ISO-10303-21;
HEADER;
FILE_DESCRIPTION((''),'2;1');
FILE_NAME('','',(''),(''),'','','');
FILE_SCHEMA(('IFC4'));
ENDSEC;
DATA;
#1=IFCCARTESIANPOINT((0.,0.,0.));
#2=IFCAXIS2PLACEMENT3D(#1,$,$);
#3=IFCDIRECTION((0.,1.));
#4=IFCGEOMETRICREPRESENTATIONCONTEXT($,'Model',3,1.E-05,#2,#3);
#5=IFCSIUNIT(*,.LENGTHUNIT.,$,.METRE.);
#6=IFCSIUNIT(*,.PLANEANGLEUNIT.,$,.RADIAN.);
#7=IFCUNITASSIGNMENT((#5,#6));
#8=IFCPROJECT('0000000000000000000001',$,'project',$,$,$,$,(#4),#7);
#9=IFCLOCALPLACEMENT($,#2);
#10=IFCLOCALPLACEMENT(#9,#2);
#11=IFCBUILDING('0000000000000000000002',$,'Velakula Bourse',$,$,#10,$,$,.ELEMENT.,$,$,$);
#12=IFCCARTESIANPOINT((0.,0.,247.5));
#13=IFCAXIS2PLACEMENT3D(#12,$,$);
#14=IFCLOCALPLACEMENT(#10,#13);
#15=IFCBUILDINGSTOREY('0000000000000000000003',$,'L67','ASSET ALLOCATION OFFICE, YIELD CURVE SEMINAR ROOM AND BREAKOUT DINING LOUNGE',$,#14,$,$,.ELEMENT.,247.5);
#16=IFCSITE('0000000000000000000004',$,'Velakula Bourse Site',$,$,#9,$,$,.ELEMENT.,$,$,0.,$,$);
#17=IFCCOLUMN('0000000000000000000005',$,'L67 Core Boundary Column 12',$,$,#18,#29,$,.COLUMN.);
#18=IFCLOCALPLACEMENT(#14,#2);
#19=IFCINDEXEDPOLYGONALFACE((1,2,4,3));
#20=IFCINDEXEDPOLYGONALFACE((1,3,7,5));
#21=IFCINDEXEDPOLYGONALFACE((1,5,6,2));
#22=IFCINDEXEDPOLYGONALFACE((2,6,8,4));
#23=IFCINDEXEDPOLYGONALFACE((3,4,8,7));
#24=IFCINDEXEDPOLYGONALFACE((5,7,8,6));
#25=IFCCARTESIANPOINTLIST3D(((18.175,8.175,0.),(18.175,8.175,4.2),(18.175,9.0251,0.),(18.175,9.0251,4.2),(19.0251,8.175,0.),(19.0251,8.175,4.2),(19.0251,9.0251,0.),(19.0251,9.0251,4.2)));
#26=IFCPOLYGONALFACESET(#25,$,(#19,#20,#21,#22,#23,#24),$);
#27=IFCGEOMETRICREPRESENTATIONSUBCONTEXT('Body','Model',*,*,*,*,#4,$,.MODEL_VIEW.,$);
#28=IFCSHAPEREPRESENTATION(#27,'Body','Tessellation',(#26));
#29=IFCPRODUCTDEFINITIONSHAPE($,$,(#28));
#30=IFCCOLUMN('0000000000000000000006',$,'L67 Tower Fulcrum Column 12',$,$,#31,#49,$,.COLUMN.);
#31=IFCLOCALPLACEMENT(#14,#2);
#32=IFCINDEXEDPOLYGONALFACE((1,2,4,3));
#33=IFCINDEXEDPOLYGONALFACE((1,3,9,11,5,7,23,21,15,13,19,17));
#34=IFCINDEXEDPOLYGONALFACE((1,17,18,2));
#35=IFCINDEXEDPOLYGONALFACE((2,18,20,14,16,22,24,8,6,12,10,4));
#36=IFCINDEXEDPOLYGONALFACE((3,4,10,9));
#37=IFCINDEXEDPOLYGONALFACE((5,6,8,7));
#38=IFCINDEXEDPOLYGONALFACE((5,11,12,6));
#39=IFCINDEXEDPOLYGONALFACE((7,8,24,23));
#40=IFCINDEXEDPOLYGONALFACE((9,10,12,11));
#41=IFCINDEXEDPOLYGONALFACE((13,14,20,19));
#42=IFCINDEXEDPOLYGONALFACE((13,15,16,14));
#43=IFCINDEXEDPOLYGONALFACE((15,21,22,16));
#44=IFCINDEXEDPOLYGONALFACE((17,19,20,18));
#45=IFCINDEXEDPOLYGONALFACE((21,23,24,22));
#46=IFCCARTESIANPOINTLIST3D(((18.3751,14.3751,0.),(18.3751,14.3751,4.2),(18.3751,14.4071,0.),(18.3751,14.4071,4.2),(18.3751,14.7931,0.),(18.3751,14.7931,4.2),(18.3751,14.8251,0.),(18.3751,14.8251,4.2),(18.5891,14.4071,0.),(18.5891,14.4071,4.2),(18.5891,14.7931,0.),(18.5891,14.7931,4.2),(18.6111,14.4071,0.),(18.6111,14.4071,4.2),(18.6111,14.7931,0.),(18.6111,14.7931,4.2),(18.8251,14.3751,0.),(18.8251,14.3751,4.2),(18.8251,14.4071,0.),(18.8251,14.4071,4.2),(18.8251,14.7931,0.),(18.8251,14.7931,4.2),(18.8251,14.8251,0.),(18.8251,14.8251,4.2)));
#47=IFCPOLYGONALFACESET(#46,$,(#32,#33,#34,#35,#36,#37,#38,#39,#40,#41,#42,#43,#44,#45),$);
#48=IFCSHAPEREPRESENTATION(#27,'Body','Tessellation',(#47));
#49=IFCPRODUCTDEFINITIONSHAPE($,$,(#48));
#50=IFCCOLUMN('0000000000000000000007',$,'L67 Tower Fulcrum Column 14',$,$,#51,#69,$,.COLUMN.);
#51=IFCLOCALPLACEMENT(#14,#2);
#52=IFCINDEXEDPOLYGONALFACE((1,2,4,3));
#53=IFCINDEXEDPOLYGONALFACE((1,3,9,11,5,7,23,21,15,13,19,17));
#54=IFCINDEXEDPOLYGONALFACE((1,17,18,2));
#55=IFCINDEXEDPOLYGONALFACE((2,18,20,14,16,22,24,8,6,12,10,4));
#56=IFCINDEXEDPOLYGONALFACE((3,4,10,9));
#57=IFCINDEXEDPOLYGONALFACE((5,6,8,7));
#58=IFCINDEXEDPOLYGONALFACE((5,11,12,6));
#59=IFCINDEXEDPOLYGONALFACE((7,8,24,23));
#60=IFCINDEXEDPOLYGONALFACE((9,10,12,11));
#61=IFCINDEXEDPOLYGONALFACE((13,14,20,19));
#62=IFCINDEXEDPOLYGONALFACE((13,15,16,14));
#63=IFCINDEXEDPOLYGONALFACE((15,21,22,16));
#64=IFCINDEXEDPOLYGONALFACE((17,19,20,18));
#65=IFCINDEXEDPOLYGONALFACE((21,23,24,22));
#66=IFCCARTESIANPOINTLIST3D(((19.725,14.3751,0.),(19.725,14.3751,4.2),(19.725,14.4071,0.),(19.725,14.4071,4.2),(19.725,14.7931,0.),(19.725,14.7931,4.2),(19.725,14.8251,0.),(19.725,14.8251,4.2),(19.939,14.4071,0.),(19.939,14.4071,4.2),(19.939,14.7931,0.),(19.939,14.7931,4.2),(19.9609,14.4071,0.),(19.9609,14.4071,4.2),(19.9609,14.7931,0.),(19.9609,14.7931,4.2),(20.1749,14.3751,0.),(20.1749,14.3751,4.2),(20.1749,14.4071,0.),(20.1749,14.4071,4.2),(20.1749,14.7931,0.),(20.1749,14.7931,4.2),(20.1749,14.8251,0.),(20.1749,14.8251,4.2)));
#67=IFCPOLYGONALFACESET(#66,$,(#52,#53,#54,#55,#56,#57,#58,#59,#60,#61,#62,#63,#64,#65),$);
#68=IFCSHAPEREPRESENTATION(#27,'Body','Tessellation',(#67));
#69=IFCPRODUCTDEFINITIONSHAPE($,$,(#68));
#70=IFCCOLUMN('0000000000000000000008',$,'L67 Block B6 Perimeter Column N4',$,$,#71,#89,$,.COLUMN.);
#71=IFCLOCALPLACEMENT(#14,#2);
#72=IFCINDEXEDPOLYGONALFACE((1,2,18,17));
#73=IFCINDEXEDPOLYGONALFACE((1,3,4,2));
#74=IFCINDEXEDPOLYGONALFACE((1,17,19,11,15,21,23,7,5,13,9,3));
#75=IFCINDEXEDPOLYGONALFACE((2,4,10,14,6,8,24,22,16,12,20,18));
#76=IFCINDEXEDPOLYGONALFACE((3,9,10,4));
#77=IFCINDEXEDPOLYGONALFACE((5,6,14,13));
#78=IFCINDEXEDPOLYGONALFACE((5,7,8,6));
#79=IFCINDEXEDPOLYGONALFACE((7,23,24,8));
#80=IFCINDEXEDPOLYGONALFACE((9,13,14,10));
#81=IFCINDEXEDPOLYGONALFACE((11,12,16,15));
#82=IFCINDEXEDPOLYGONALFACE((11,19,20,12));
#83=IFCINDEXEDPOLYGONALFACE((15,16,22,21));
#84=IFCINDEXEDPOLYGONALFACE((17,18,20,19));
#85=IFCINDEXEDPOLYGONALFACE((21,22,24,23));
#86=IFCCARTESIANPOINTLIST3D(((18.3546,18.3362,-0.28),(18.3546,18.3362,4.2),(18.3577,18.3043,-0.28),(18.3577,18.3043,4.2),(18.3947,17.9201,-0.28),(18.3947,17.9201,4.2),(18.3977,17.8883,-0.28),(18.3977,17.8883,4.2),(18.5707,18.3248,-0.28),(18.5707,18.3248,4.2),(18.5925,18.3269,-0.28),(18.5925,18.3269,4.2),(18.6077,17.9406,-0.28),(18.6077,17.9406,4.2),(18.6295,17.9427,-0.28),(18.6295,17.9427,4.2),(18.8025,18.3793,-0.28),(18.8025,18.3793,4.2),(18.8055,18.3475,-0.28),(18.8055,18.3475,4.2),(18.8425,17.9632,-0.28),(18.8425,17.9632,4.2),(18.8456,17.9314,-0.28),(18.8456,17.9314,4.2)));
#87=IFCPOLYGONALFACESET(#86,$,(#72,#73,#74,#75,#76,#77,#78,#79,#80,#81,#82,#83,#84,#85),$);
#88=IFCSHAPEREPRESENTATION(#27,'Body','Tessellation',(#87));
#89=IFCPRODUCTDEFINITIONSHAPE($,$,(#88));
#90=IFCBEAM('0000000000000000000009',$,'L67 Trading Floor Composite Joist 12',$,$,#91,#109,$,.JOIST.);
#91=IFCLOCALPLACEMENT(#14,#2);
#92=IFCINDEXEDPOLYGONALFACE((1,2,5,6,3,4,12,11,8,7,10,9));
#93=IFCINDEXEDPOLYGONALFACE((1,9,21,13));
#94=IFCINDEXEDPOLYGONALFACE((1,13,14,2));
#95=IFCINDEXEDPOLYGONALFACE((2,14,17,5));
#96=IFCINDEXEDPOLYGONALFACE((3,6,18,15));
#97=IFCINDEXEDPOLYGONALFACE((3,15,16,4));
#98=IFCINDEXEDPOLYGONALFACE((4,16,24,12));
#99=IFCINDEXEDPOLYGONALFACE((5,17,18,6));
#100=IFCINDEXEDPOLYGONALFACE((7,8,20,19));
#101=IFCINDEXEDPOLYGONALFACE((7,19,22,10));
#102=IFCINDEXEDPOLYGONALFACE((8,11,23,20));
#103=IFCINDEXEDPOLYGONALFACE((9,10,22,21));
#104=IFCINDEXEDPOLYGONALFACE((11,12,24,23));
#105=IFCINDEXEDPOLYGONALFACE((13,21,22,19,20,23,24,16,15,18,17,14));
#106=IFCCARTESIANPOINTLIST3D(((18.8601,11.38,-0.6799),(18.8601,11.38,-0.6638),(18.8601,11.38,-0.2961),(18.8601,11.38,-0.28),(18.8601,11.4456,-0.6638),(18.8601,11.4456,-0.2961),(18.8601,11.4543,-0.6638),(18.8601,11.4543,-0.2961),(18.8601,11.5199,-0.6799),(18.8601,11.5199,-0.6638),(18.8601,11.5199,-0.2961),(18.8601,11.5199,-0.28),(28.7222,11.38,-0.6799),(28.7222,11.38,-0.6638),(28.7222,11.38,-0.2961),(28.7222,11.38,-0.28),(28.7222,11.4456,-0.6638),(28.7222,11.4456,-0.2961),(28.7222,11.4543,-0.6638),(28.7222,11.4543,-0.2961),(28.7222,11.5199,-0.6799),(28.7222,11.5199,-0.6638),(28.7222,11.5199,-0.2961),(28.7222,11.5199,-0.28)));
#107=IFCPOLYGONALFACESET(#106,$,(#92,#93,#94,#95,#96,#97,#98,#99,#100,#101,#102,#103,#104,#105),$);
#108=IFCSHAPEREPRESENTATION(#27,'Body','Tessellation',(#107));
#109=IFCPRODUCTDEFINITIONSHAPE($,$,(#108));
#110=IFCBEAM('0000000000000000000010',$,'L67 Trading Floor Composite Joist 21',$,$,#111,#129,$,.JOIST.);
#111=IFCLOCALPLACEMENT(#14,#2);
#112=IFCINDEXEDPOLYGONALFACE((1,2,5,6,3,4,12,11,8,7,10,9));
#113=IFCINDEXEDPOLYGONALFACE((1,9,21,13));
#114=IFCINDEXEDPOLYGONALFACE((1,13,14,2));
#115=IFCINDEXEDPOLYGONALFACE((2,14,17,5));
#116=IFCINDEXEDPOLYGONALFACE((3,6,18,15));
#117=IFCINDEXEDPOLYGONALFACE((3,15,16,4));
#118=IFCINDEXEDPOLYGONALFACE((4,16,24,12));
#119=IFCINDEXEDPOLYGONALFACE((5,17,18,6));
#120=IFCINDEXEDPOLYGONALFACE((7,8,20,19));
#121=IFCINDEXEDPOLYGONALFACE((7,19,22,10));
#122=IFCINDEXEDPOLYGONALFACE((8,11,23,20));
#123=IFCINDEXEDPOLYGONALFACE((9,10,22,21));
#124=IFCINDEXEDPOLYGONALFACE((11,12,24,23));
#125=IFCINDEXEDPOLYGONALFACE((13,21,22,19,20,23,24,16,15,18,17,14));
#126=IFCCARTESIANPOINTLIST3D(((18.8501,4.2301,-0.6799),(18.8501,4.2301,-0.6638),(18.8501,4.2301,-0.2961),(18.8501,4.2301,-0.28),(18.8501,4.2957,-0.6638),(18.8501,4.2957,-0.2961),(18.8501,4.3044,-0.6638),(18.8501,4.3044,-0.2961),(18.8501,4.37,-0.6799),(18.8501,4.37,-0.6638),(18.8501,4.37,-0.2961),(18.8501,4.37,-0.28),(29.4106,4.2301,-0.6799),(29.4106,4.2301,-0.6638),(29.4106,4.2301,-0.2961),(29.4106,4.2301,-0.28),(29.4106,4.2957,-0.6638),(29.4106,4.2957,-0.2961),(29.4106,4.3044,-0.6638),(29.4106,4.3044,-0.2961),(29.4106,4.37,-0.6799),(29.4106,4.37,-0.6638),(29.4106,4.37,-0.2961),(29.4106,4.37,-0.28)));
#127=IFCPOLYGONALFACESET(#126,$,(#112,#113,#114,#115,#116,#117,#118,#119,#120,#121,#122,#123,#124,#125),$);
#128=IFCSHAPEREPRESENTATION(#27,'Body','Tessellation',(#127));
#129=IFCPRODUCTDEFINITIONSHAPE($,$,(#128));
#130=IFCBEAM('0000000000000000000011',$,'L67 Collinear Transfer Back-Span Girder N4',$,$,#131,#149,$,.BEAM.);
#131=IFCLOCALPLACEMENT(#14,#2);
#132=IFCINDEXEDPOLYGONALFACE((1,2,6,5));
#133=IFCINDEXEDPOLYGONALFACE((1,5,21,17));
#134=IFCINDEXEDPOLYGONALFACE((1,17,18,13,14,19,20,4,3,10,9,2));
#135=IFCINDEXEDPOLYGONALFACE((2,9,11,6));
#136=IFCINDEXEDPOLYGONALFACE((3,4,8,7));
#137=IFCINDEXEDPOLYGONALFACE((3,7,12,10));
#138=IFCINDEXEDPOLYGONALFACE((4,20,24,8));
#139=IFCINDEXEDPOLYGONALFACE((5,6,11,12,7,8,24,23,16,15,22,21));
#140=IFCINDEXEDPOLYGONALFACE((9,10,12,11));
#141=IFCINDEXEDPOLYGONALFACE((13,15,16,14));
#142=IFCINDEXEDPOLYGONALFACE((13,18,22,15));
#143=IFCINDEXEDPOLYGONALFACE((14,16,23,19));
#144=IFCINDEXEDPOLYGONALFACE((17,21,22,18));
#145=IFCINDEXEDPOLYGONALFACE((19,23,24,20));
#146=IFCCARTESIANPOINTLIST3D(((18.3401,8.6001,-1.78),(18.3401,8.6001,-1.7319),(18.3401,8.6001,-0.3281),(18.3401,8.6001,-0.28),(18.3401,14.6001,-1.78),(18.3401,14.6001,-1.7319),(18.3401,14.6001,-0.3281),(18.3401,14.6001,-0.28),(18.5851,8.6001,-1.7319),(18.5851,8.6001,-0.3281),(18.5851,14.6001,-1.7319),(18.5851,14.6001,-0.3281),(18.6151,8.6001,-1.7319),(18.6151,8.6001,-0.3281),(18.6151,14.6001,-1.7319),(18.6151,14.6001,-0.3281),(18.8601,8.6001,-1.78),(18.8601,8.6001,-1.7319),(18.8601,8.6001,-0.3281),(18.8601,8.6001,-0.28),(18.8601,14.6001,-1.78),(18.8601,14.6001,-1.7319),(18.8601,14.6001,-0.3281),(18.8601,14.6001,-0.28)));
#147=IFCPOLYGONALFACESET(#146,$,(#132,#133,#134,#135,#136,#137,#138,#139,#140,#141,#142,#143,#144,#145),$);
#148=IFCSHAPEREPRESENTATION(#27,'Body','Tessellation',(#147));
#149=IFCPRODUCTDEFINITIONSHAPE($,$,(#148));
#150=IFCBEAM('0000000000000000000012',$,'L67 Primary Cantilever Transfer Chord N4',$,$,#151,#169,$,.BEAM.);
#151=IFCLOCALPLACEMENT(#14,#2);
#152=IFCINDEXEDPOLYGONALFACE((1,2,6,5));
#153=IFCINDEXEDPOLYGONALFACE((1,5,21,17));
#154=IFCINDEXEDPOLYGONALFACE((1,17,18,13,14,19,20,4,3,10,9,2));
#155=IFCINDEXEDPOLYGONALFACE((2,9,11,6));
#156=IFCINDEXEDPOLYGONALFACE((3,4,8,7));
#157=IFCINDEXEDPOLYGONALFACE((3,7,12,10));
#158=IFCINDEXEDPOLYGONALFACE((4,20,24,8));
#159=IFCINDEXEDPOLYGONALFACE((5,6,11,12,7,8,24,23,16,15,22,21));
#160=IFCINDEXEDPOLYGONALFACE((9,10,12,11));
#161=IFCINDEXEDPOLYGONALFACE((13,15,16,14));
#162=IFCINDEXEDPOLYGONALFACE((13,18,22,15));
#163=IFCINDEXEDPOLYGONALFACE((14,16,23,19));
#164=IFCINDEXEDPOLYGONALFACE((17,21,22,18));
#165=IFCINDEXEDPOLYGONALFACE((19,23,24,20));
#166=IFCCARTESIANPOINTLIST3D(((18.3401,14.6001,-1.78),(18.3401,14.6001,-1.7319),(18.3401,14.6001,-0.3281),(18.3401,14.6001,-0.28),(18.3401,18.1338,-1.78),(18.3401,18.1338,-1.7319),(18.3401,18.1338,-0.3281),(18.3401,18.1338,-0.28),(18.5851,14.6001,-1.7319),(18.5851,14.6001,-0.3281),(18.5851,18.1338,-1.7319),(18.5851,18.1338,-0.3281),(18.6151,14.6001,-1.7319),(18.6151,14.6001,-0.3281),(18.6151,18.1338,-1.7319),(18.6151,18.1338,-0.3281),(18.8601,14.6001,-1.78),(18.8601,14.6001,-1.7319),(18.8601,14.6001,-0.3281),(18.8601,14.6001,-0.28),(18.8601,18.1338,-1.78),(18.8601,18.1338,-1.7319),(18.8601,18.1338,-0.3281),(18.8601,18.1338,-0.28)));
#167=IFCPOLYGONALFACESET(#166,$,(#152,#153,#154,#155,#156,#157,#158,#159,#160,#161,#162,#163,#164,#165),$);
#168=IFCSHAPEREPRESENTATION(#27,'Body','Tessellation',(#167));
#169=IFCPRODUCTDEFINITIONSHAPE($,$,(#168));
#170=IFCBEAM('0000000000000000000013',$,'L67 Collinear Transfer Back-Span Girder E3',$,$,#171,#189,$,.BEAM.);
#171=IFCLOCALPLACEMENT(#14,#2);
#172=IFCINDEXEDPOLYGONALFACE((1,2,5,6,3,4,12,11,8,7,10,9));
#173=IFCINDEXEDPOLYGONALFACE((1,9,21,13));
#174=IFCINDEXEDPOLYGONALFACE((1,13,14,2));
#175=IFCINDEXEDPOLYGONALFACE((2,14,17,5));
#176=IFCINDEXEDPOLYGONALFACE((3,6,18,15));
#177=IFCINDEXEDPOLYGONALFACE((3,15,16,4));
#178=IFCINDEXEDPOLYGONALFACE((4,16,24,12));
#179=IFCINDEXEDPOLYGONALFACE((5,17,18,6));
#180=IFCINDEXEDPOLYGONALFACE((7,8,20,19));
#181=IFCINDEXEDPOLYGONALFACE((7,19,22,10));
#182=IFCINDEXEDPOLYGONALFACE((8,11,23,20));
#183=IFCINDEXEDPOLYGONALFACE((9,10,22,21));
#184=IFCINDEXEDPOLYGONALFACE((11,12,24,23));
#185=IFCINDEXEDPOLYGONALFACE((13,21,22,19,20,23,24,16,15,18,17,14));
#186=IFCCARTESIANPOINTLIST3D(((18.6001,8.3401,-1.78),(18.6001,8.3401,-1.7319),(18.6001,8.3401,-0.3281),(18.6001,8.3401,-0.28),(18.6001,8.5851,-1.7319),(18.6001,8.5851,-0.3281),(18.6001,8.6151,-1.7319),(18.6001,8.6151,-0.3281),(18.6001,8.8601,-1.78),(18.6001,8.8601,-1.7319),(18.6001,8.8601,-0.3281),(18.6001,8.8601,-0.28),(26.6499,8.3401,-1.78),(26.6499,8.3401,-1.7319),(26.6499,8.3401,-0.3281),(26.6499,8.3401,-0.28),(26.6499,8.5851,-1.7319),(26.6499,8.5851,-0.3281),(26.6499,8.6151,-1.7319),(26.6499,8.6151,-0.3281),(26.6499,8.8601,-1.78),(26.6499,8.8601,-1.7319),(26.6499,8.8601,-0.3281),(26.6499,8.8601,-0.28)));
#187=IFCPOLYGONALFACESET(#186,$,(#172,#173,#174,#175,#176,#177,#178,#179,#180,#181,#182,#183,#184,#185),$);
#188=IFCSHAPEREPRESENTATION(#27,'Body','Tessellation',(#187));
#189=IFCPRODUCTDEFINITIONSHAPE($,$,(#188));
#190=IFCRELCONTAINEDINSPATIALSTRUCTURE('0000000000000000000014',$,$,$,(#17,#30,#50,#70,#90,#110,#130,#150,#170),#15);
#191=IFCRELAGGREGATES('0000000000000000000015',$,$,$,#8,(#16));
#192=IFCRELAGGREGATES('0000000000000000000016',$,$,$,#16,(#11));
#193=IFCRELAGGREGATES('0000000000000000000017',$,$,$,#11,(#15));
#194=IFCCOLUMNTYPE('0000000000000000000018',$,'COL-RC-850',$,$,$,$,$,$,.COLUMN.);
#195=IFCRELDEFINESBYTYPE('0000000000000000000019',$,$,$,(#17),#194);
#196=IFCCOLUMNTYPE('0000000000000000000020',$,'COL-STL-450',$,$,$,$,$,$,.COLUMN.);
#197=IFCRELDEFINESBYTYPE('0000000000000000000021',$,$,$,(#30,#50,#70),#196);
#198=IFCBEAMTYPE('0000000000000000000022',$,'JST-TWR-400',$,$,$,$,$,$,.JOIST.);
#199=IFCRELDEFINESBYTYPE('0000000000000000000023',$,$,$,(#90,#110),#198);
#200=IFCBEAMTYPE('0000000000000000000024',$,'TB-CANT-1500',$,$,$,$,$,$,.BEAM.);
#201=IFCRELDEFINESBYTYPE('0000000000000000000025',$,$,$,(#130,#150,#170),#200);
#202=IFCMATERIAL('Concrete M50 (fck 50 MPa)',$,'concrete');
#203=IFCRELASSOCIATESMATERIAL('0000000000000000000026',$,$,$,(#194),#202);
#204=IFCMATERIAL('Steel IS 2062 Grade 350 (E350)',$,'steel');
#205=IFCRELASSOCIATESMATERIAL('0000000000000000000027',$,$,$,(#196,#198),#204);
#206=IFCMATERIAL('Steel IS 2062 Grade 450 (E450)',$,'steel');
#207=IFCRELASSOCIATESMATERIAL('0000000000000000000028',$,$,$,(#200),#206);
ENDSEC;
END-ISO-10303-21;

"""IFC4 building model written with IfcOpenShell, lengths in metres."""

from ifc_helpers import new_model, si_unit, direction, frame, origin, origin_2d, place, context, subcontext, project, spatial, rectangle, i_section, extrude, material, material_profile, profile_set, type_object, element, save


model = new_model("IFC4")

# Units and contexts
model_context = context("Model", 3, precision=1e-05, world=origin(), true_north=direction((0.0, 1.0)))
body_context = subcontext(model_context, "Body", "Model", "MODEL_VIEW")
ifc_project = project(units=[si_unit("LENGTHUNIT", "METRE"), si_unit("PLANEANGLEUNIT", "RADIAN")], contexts=[model_context])

# Site, building, storey
site_placement = place(None, origin())
site = spatial("IfcSite", under=ifc_project, at=site_placement, Name="Velakula Bourse Site", CompositionType="ELEMENT", RefElevation=0.0)
building_placement = place(site_placement, origin())
building = spatial("IfcBuilding", under=site, at=building_placement, Name="Velakula Bourse", CompositionType="ELEMENT")
storey_placement = place(building_placement, frame((0.0, 0.0, 247.5)))
storey = spatial("IfcBuildingStorey", under=building, at=storey_placement, Name="L67", Description="ASSET ALLOCATION OFFICE, YIELD CURVE SEMINAR ROOM AND BREAKOUT DINING LOUNGE", CompositionType="ELEMENT", Elevation=247.5)

# Columns
ifc_material_1 = material(Name="Concrete M50 (fck 50 MPa)", Category="concrete")
ifc_material_profile_1 = material_profile(ifc_material_1, rectangle(XDim=0.8501, YDim=0.8501, at=origin_2d()), Name="Concrete M50 (fck 50 MPa)")
ifc_profile_set_1 = profile_set([ifc_material_profile_1], Name="Concrete M50 (fck 50 MPa)")
column_type_1 = type_object("IfcColumnType", Name="COL-RC-850", PredefinedType="COLUMN", material=ifc_profile_set_1)
column_1_placement = place(storey_placement, frame((18.6001, 8.6001, 0.0), z_axis=(0.0, 0.0, 1.0), x_axis=(1.0, 0.0, 0.0)))
element("IfcColumn", 1, at=column_1_placement, inside=storey, type_object=column_type_1, Name="L67 Core Boundary Column 12", PredefinedType="COLUMN", context=body_context, shape_type="SweptSolid", body=[
    extrude(rectangle(XDim=0.8501, YDim=0.8501, at=origin_2d()), origin(), (0.0, 0.0, 1.0), 4.2),
])
ifc_material_2 = material(Name="Steel IS 2062 Grade 350 (E350)", Category="steel")
ifc_material_profile_2 = material_profile(ifc_material_2, i_section(OverallWidth=0.45, OverallDepth=0.45, WebThickness=0.022, FlangeThickness=0.032, at=origin_2d()), Name="Steel IS 2062 Grade 350 (E350)")
ifc_profile_set_2 = profile_set([ifc_material_profile_2], Name="Steel IS 2062 Grade 350 (E350)")
column_type_2 = type_object("IfcColumnType", Name="COL-STL-450", PredefinedType="COLUMN", material=ifc_profile_set_2)
for number, where, z_axis, x_axis, name in (
    (2, (18.6001, 14.6001, 0.0), (0.0, 0.0, 1.0), (1.0, 0.0, 0.0), "L67 Tower Fulcrum Column 12"),
    (3, (19.95, 14.6001, 0.0), (0.0, 0.0, 1.0), (1.0, 0.0, 0.0), "L67 Tower Fulcrum Column 14"),
):
    element("IfcColumn", number, at=place(storey_placement, frame(where, z_axis=z_axis, x_axis=x_axis)), inside=storey, type_object=column_type_2, Name=name, PredefinedType="COLUMN", context=body_context, shape_type="SweptSolid", body=[
        extrude(i_section(OverallWidth=0.45, OverallDepth=0.45, WebThickness=0.022, FlangeThickness=0.032, at=origin_2d()), origin(), (0.0, 0.0, 1.0), 4.2),
    ])
column_2_placement = place(storey_placement, frame((18.6001, 18.1338, -0.28), z_axis=(0.0, 0.0, 1.0), x_axis=(0.995396, 0.095846, 0.0)))
element("IfcColumn", 4, at=column_2_placement, inside=storey, type_object=column_type_2, Name="L67 Block B6 Perimeter Column N4", PredefinedType="COLUMN", context=body_context, shape_type="SweptSolid", body=[
    extrude(i_section(OverallWidth=0.45, OverallDepth=0.45, WebThickness=0.022, FlangeThickness=0.032, at=origin_2d()), origin(), (0.0, 0.0, 1.0), 4.48),
])

# Beams
ifc_material_profile_3 = material_profile(ifc_material_2, i_section(OverallWidth=0.1399, OverallDepth=0.3999, WebThickness=0.0088, FlangeThickness=0.0161, at=origin_2d()), Name="Steel IS 2062 Grade 350 (E350)")
ifc_profile_set_3 = profile_set([ifc_material_profile_3], Name="Steel IS 2062 Grade 350 (E350)")
beam_type_1 = type_object("IfcBeamType", Name="JST-TWR-400", PredefinedType="JOIST", material=ifc_profile_set_3)
beam_1_placement = place(storey_placement, frame((18.8601, 11.45, -0.48), z_axis=(1.0, 0.0, 0.0), x_axis=(0.0, 1.0, 0.0)))
element("IfcBeam", 5, at=beam_1_placement, inside=storey, type_object=beam_type_1, Name="L67 Trading Floor Composite Joist 12", PredefinedType="JOIST", context=body_context, shape_type="SweptSolid", body=[
    extrude(i_section(OverallWidth=0.1399, OverallDepth=0.3999, WebThickness=0.0088, FlangeThickness=0.0161, at=origin_2d()), origin(), (0.0, 0.0, 1.0), 9.8621),
])
beam_2_placement = place(storey_placement, frame((18.8501, 4.3, -0.48), z_axis=(1.0, 0.0, 0.0), x_axis=(0.0, 1.0, 0.0)))
element("IfcBeam", 6, at=beam_2_placement, inside=storey, type_object=beam_type_1, Name="L67 Trading Floor Composite Joist 21", PredefinedType="JOIST", context=body_context, shape_type="SweptSolid", body=[
    extrude(i_section(OverallWidth=0.1399, OverallDepth=0.3999, WebThickness=0.0088, FlangeThickness=0.0161, at=origin_2d()), origin(), (0.0, 0.0, 1.0), 10.5605),
])
ifc_material_3 = material(Name="Steel IS 2062 Grade 450 (E450)", Category="steel")
ifc_material_profile_4 = material_profile(ifc_material_3, i_section(OverallWidth=0.52, OverallDepth=1.5, WebThickness=0.03, FlangeThickness=0.0481, at=origin_2d()), Name="Steel IS 2062 Grade 450 (E450)")
ifc_profile_set_4 = profile_set([ifc_material_profile_4], Name="Steel IS 2062 Grade 450 (E450)")
beam_type_2 = type_object("IfcBeamType", Name="TB-CANT-1500", PredefinedType="BEAM", material=ifc_profile_set_4)
beam_3_placement = place(storey_placement, frame((18.6001, 8.6001, -1.03), z_axis=(0.0, 1.0, 0.0), x_axis=(-1.0, 0.0, 0.0)))
element("IfcBeam", 7, at=beam_3_placement, inside=storey, type_object=beam_type_2, Name="L67 Collinear Transfer Back-Span Girder N4", PredefinedType="BEAM", context=body_context, shape_type="SweptSolid", body=[
    extrude(i_section(OverallWidth=0.52, OverallDepth=1.5, WebThickness=0.03, FlangeThickness=0.0481, at=origin_2d()), origin(), (0.0, 0.0, 1.0), 6.0),
])
beam_4_placement = place(storey_placement, frame((18.6001, 14.6001, -1.03), z_axis=(0.0, 1.0, 0.0), x_axis=(-1.0, 0.0, 0.0)))
element("IfcBeam", 8, at=beam_4_placement, inside=storey, type_object=beam_type_2, Name="L67 Primary Cantilever Transfer Chord N4", PredefinedType="BEAM", context=body_context, shape_type="SweptSolid", body=[
    extrude(i_section(OverallWidth=0.52, OverallDepth=1.5, WebThickness=0.03, FlangeThickness=0.0481, at=origin_2d()), origin(), (0.0, 0.0, 1.0), 3.5337),
])
beam_5_placement = place(storey_placement, frame((18.6001, 8.6001, -1.03), z_axis=(1.0, 0.0, 0.0), x_axis=(0.0, 1.0, 0.0)))
element("IfcBeam", 9, at=beam_5_placement, inside=storey, type_object=beam_type_2, Name="L67 Collinear Transfer Back-Span Girder E3", PredefinedType="BEAM", context=body_context, shape_type="SweptSolid", body=[
    extrude(i_section(OverallWidth=0.52, OverallDepth=1.5, WebThickness=0.03, FlangeThickness=0.0481, at=origin_2d()), origin(), (0.0, 0.0, 1.0), 8.0498),
])

save(model, "model.ifc")
